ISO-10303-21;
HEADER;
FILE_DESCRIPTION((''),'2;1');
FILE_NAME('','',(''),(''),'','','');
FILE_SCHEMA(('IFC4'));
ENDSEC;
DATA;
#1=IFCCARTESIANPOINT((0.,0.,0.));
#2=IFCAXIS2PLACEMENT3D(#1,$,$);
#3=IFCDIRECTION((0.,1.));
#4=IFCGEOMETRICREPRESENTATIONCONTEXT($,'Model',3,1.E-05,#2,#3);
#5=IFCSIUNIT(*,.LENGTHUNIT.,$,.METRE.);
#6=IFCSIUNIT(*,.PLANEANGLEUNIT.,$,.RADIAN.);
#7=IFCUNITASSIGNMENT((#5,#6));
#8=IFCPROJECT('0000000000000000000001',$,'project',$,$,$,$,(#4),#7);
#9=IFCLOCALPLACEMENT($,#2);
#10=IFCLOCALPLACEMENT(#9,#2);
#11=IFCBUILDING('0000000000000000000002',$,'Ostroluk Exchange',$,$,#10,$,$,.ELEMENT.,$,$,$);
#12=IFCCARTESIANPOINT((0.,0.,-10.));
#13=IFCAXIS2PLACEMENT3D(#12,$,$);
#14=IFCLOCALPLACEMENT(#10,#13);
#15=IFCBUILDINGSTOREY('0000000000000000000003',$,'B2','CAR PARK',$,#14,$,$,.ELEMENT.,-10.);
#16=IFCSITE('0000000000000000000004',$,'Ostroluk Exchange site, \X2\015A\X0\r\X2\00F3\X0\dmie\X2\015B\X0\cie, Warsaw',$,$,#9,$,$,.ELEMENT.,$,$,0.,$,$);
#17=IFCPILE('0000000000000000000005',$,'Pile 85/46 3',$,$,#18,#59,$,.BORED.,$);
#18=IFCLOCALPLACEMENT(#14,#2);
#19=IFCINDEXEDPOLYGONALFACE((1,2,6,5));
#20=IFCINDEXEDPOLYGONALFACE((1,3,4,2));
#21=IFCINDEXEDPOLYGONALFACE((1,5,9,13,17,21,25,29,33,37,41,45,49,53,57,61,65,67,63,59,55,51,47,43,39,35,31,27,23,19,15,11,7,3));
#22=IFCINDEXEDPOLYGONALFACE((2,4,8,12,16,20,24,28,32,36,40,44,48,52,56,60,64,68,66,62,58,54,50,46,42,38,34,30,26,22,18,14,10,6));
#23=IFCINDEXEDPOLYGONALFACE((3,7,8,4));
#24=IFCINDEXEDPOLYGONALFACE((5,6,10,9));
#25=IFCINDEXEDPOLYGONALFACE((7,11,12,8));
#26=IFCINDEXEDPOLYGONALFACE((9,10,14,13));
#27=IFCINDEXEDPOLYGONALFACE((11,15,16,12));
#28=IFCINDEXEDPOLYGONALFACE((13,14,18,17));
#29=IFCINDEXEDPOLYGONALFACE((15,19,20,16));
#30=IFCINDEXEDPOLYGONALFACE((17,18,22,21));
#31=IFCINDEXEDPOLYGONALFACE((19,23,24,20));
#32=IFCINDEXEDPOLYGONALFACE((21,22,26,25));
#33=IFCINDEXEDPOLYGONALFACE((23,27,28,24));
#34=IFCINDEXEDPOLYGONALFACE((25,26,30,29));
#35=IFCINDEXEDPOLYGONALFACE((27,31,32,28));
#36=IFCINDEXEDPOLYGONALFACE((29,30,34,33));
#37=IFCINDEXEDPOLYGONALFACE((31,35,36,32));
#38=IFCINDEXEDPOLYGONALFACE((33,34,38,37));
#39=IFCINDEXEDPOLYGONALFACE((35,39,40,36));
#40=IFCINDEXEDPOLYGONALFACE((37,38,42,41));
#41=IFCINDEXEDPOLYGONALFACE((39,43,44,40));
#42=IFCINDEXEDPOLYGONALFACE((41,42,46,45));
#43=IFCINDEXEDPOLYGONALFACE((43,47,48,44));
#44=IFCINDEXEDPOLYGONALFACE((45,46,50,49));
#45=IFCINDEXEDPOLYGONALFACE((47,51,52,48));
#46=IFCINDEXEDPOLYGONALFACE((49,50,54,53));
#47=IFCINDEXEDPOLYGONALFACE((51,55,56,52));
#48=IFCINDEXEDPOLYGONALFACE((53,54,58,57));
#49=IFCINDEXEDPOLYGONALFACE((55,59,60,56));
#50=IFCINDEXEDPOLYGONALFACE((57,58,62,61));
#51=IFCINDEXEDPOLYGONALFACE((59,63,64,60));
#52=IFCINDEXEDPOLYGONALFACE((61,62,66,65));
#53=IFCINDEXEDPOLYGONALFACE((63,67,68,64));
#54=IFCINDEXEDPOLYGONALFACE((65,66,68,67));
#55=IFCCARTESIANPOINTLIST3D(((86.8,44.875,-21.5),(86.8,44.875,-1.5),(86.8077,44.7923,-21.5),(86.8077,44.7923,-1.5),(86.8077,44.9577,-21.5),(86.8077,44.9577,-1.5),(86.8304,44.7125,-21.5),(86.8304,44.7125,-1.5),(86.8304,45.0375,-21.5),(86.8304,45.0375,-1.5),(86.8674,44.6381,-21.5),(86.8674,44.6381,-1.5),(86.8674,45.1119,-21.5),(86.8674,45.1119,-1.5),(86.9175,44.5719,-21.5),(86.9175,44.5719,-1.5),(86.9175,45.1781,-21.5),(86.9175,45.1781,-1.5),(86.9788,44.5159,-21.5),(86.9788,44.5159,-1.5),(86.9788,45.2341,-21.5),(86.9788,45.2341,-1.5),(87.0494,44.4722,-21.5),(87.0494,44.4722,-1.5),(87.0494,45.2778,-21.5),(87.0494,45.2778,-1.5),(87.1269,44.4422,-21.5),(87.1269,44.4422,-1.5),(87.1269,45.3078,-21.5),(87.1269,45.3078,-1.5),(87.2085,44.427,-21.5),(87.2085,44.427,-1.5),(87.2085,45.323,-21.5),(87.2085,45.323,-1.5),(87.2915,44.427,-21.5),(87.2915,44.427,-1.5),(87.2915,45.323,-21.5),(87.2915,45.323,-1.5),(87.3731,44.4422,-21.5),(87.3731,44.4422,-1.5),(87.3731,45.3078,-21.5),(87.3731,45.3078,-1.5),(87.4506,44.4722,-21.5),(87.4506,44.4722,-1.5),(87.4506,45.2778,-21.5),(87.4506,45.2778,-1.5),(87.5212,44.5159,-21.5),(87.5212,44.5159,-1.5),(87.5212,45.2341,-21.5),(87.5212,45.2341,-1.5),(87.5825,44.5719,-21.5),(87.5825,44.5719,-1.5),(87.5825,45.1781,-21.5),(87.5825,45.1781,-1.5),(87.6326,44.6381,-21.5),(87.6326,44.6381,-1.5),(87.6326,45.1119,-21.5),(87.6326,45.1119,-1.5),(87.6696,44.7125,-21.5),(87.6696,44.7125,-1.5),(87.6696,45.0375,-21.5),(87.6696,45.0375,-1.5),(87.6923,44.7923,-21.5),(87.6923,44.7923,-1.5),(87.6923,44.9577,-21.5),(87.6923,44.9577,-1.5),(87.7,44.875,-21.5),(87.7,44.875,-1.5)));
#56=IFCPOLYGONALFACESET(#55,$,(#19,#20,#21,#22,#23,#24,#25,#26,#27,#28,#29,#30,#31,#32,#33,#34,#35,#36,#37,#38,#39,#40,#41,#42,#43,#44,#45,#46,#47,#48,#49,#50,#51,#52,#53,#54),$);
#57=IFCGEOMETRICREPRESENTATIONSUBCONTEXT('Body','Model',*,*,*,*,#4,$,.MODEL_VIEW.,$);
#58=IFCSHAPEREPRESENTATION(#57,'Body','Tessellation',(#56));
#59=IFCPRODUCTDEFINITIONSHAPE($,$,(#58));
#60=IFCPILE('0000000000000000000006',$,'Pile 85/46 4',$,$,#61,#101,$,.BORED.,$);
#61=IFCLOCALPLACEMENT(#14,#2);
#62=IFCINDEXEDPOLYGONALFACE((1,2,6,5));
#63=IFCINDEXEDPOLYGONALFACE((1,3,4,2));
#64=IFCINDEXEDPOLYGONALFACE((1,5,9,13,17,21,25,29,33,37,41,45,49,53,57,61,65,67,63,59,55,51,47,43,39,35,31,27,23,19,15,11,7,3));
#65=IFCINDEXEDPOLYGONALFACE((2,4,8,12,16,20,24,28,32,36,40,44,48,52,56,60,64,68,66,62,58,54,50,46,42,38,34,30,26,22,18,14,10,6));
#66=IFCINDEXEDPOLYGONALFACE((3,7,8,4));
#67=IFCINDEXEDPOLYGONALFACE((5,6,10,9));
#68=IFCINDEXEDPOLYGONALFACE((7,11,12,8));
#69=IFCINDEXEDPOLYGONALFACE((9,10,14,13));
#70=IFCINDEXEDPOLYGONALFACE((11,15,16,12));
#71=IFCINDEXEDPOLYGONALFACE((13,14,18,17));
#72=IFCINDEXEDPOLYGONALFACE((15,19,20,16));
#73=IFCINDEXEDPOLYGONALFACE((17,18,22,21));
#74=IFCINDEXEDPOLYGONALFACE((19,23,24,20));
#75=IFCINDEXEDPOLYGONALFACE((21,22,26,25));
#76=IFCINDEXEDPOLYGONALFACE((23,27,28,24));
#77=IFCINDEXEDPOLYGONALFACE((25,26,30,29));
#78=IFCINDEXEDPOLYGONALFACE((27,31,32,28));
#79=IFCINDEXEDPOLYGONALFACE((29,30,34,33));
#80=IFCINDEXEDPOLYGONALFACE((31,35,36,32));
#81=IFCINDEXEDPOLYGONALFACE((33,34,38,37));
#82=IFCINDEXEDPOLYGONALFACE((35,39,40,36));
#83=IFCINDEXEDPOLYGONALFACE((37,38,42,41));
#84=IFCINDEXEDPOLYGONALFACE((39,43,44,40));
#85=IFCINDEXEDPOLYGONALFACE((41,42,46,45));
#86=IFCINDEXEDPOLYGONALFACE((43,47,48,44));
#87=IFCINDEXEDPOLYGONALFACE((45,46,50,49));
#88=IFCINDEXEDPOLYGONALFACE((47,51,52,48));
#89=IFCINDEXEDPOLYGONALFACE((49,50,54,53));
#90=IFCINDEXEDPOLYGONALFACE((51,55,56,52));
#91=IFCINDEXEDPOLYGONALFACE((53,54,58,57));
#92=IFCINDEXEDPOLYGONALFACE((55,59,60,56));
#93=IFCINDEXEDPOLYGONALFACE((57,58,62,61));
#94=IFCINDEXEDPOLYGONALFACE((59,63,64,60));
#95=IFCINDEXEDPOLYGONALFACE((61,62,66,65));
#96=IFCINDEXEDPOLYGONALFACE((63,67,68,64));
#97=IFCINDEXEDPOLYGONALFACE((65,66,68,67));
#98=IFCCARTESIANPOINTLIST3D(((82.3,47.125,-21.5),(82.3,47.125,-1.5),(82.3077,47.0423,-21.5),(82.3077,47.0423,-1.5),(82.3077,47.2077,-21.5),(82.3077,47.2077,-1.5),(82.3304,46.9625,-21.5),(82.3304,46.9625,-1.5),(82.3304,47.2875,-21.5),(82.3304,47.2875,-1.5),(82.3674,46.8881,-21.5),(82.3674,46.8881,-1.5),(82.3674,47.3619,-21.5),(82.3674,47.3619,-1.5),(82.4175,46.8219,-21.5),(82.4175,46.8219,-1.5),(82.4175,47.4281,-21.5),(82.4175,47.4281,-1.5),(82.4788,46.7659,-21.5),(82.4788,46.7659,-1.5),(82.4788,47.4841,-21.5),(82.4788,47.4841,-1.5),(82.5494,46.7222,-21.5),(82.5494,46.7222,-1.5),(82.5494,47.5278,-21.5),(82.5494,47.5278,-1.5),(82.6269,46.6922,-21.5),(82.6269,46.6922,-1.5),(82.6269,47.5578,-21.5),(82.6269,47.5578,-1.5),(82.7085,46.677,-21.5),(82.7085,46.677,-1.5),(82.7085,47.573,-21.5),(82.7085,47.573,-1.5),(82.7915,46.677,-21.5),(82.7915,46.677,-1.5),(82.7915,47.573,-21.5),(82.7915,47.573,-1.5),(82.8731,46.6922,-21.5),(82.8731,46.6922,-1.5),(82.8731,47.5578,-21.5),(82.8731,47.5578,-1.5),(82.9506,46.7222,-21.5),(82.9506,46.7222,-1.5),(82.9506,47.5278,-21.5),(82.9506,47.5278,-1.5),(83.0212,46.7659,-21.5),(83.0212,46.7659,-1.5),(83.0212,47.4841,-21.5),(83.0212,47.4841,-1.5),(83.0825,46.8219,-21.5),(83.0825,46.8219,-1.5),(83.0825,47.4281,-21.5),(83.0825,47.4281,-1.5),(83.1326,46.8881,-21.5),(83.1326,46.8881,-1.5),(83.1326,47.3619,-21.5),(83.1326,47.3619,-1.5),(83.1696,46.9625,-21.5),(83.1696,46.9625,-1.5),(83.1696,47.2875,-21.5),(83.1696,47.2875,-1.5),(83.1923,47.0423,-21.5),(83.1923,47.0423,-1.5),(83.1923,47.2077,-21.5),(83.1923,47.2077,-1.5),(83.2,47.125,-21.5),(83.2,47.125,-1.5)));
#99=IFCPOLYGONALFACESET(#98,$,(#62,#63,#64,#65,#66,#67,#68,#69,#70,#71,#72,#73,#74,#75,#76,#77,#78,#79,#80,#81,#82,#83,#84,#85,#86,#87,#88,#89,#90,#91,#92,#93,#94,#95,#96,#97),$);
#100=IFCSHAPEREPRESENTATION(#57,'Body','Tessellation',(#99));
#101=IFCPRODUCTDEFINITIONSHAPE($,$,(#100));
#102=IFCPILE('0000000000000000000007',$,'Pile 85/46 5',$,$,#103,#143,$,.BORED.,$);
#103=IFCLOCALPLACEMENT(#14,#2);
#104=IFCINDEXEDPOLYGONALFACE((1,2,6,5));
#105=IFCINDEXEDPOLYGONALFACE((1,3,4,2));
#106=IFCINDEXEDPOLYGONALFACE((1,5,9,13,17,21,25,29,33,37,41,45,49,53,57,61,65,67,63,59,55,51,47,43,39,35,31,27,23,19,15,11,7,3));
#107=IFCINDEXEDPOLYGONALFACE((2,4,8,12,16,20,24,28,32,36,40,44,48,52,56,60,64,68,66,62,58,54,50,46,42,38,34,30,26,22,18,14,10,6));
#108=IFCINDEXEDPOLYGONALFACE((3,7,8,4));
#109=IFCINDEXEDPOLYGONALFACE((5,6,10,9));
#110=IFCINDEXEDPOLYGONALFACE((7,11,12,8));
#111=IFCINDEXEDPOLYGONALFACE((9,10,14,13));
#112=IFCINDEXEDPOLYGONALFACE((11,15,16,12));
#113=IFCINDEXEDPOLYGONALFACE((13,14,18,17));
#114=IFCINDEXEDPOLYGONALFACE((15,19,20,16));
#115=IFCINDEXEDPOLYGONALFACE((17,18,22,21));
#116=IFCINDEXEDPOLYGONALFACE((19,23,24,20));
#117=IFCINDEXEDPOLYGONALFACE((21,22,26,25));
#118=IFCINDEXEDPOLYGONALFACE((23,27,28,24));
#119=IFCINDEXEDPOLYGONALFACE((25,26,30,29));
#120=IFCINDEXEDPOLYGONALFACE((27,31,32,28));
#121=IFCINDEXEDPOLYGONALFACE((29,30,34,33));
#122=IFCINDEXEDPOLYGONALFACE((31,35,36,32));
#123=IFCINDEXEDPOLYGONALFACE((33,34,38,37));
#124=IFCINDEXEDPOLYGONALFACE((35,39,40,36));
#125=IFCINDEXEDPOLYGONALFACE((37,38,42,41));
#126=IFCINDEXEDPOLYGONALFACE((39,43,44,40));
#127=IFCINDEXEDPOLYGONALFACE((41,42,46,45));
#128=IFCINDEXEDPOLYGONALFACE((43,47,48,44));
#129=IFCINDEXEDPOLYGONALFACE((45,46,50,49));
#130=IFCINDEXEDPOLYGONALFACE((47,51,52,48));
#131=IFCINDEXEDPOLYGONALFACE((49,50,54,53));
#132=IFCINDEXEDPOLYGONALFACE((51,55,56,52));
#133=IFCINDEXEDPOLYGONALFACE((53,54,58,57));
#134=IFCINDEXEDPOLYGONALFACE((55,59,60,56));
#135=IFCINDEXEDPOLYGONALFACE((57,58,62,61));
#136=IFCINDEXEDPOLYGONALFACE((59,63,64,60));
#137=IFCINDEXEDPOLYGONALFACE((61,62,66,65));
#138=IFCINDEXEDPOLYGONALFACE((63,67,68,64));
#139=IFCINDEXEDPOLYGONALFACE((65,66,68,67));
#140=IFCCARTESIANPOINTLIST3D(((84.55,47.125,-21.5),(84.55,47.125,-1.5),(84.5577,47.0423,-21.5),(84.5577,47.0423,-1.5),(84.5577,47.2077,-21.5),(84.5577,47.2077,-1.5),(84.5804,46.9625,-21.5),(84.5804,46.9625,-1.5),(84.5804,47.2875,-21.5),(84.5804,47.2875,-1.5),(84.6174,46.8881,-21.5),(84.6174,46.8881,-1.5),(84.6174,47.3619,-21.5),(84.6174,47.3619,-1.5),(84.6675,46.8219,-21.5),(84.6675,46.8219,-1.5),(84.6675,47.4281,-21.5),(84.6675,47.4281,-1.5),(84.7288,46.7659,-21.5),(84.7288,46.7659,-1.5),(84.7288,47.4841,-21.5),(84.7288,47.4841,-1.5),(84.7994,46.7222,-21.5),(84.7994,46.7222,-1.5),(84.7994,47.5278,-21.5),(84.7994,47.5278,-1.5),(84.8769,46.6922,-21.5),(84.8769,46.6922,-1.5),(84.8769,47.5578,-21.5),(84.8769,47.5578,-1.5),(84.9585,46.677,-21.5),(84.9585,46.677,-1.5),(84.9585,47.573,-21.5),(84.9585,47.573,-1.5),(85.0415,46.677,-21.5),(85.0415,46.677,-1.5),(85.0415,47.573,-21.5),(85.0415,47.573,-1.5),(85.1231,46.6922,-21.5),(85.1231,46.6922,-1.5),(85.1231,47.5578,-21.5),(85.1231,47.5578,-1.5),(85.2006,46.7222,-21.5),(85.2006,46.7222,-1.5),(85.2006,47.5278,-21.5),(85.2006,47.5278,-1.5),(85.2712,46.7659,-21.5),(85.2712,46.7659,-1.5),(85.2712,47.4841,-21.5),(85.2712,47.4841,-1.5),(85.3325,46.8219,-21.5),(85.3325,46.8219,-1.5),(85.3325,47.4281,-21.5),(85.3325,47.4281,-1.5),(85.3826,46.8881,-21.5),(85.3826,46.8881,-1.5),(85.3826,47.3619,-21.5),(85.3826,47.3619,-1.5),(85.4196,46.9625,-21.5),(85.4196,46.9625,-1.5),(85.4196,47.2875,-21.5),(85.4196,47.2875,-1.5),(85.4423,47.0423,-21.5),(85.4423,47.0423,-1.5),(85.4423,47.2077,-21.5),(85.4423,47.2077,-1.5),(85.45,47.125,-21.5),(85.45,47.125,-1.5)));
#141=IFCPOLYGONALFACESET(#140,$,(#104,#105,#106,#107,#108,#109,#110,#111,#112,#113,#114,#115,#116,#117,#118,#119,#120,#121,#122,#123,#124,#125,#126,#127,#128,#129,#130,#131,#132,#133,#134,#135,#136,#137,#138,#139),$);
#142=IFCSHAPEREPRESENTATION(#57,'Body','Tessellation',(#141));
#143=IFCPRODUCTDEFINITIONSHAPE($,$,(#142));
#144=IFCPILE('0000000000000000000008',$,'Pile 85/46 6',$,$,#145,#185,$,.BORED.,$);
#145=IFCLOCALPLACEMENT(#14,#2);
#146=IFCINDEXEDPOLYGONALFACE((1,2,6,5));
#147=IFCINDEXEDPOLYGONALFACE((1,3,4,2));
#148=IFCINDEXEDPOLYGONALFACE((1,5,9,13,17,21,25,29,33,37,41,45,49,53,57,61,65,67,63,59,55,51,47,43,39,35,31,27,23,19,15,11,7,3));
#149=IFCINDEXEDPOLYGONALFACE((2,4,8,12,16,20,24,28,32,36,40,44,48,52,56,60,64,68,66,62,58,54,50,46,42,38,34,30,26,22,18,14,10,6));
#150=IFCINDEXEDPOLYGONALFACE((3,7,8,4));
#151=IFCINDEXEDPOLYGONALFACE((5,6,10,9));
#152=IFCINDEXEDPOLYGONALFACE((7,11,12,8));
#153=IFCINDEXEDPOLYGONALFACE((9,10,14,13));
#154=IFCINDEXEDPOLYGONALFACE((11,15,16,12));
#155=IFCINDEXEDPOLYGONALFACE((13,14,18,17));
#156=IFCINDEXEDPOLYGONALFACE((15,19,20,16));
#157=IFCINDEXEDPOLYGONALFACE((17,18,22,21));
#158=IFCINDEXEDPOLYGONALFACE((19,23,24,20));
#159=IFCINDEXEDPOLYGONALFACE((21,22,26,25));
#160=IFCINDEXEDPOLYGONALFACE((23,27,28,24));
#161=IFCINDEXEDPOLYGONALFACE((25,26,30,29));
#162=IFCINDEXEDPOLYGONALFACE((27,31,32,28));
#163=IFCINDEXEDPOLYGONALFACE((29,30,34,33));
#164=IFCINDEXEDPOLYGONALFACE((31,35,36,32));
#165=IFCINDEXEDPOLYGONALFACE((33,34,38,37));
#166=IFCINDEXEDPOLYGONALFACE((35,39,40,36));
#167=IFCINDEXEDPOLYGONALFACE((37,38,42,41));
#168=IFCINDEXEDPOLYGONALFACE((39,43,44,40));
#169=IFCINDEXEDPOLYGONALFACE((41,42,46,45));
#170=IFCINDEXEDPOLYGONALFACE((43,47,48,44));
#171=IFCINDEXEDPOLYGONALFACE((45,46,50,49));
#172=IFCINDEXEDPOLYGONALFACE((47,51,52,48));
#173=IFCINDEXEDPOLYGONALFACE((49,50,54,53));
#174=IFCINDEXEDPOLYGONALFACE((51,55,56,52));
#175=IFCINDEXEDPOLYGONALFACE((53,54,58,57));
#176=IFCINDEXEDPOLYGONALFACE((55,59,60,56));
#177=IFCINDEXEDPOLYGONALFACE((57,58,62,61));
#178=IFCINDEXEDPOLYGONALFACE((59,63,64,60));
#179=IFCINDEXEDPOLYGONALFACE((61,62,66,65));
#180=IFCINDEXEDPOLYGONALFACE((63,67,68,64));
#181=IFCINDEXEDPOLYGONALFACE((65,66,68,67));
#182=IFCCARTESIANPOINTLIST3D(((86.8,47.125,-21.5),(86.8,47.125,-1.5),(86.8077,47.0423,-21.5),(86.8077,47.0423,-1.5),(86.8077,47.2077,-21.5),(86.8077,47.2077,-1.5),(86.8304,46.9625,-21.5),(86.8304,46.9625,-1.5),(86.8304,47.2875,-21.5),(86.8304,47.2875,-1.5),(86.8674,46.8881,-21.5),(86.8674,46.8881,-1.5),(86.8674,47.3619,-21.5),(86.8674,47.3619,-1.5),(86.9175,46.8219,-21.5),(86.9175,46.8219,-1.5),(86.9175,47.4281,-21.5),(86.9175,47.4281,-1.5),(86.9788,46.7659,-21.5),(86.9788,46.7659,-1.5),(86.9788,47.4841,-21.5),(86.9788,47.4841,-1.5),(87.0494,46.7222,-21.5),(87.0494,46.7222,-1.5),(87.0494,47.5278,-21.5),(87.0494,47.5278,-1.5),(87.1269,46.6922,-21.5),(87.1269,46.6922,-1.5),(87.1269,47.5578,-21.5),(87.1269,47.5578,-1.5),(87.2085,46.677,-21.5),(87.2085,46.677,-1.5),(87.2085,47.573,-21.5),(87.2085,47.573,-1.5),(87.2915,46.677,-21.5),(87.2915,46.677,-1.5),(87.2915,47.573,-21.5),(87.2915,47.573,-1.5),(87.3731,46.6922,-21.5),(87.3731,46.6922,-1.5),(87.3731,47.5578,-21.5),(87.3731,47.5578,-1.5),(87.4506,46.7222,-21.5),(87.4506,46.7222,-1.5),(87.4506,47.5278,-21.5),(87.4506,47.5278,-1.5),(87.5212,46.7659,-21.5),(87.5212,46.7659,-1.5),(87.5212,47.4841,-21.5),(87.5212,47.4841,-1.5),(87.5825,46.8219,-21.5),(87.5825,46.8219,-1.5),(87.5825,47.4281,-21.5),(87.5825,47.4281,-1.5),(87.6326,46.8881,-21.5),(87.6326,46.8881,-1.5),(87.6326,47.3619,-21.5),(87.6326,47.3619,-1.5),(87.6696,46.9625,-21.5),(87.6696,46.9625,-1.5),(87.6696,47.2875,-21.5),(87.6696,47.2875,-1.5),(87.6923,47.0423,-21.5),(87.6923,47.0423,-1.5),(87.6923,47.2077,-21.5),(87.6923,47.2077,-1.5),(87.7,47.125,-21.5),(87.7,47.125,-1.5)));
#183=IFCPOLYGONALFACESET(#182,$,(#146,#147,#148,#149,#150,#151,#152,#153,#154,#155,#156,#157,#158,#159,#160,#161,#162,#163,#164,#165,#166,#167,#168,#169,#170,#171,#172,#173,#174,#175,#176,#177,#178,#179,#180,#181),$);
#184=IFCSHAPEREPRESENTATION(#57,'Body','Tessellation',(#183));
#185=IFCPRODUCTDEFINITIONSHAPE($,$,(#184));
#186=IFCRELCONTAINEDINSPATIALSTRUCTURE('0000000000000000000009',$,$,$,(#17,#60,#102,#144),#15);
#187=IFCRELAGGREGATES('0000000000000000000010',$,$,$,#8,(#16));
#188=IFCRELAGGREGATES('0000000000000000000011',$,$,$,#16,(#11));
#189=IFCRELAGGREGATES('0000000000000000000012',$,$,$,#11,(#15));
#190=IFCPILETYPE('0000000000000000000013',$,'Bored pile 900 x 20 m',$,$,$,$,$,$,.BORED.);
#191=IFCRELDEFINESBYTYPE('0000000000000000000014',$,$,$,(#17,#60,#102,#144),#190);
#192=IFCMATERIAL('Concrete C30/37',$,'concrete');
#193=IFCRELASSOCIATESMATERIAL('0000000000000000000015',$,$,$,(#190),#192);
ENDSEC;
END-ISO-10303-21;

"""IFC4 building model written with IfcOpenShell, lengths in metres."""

from ifc_helpers import new_model, si_unit, direction, frame, origin, origin_2d, place, context, subcontext, project, spatial, circle, extrude, material, type_object, element, save


model = new_model("IFC4")

# Units and contexts
model_context = context("Model", 3, precision=1e-05, world=origin(), true_north=direction((0.0, 1.0)))
body_context = subcontext(model_context, "Body", "Model", "MODEL_VIEW")
ifc_project = project(units=[si_unit("LENGTHUNIT", "METRE"), si_unit("PLANEANGLEUNIT", "RADIAN")], contexts=[model_context])

# Site, building, storey
site_placement = place(None, origin())
site = spatial("IfcSite", under=ifc_project, at=site_placement, Name="Ostroluk Exchange site, Śródmieście, Warsaw", CompositionType="ELEMENT", RefElevation=0.0)
building_placement = place(site_placement, origin())
building = spatial("IfcBuilding", under=site, at=building_placement, Name="Ostroluk Exchange", CompositionType="ELEMENT")
storey_placement = place(building_placement, frame((0.0, 0.0, -10.0)))
storey = spatial("IfcBuildingStorey", under=building, at=storey_placement, Name="B2", Description="CAR PARK", CompositionType="ELEMENT", Elevation=-10.0)

# Piles
ifc_material_1 = material(Name="Concrete C30/37", Category="concrete")
pile_type = type_object("IfcPileType", Name="Bored pile 900 x 20 m", PredefinedType="BORED", material=ifc_material_1)
for number, where, z_axis, x_axis, name in (
    (1, (87.25, 44.875, -1.5), (0.0, 0.0, -1.0), (1.0, 0.0, 0.0), "Pile 85/46 3"),
    (2, (82.75, 47.125, -1.5), (0.0, 0.0, -1.0), (1.0, 0.0, 0.0), "Pile 85/46 4"),
    (3, (85.0, 47.125, -1.5), (0.0, 0.0, -1.0), (1.0, 0.0, 0.0), "Pile 85/46 5"),
    (4, (87.25, 47.125, -1.5), (0.0, 0.0, -1.0), (1.0, 0.0, 0.0), "Pile 85/46 6"),
):
    element("IfcPile", number, at=place(storey_placement, frame(where, z_axis=z_axis, x_axis=x_axis)), inside=storey, type_object=pile_type, Name=name, PredefinedType="BORED", context=body_context, shape_type="SweptSolid", body=[
        extrude(circle(Radius=0.45, at=origin_2d()), origin(), (0.0, 0.0, 1.0), 20.0),
    ])

save(model, "model.ifc")
